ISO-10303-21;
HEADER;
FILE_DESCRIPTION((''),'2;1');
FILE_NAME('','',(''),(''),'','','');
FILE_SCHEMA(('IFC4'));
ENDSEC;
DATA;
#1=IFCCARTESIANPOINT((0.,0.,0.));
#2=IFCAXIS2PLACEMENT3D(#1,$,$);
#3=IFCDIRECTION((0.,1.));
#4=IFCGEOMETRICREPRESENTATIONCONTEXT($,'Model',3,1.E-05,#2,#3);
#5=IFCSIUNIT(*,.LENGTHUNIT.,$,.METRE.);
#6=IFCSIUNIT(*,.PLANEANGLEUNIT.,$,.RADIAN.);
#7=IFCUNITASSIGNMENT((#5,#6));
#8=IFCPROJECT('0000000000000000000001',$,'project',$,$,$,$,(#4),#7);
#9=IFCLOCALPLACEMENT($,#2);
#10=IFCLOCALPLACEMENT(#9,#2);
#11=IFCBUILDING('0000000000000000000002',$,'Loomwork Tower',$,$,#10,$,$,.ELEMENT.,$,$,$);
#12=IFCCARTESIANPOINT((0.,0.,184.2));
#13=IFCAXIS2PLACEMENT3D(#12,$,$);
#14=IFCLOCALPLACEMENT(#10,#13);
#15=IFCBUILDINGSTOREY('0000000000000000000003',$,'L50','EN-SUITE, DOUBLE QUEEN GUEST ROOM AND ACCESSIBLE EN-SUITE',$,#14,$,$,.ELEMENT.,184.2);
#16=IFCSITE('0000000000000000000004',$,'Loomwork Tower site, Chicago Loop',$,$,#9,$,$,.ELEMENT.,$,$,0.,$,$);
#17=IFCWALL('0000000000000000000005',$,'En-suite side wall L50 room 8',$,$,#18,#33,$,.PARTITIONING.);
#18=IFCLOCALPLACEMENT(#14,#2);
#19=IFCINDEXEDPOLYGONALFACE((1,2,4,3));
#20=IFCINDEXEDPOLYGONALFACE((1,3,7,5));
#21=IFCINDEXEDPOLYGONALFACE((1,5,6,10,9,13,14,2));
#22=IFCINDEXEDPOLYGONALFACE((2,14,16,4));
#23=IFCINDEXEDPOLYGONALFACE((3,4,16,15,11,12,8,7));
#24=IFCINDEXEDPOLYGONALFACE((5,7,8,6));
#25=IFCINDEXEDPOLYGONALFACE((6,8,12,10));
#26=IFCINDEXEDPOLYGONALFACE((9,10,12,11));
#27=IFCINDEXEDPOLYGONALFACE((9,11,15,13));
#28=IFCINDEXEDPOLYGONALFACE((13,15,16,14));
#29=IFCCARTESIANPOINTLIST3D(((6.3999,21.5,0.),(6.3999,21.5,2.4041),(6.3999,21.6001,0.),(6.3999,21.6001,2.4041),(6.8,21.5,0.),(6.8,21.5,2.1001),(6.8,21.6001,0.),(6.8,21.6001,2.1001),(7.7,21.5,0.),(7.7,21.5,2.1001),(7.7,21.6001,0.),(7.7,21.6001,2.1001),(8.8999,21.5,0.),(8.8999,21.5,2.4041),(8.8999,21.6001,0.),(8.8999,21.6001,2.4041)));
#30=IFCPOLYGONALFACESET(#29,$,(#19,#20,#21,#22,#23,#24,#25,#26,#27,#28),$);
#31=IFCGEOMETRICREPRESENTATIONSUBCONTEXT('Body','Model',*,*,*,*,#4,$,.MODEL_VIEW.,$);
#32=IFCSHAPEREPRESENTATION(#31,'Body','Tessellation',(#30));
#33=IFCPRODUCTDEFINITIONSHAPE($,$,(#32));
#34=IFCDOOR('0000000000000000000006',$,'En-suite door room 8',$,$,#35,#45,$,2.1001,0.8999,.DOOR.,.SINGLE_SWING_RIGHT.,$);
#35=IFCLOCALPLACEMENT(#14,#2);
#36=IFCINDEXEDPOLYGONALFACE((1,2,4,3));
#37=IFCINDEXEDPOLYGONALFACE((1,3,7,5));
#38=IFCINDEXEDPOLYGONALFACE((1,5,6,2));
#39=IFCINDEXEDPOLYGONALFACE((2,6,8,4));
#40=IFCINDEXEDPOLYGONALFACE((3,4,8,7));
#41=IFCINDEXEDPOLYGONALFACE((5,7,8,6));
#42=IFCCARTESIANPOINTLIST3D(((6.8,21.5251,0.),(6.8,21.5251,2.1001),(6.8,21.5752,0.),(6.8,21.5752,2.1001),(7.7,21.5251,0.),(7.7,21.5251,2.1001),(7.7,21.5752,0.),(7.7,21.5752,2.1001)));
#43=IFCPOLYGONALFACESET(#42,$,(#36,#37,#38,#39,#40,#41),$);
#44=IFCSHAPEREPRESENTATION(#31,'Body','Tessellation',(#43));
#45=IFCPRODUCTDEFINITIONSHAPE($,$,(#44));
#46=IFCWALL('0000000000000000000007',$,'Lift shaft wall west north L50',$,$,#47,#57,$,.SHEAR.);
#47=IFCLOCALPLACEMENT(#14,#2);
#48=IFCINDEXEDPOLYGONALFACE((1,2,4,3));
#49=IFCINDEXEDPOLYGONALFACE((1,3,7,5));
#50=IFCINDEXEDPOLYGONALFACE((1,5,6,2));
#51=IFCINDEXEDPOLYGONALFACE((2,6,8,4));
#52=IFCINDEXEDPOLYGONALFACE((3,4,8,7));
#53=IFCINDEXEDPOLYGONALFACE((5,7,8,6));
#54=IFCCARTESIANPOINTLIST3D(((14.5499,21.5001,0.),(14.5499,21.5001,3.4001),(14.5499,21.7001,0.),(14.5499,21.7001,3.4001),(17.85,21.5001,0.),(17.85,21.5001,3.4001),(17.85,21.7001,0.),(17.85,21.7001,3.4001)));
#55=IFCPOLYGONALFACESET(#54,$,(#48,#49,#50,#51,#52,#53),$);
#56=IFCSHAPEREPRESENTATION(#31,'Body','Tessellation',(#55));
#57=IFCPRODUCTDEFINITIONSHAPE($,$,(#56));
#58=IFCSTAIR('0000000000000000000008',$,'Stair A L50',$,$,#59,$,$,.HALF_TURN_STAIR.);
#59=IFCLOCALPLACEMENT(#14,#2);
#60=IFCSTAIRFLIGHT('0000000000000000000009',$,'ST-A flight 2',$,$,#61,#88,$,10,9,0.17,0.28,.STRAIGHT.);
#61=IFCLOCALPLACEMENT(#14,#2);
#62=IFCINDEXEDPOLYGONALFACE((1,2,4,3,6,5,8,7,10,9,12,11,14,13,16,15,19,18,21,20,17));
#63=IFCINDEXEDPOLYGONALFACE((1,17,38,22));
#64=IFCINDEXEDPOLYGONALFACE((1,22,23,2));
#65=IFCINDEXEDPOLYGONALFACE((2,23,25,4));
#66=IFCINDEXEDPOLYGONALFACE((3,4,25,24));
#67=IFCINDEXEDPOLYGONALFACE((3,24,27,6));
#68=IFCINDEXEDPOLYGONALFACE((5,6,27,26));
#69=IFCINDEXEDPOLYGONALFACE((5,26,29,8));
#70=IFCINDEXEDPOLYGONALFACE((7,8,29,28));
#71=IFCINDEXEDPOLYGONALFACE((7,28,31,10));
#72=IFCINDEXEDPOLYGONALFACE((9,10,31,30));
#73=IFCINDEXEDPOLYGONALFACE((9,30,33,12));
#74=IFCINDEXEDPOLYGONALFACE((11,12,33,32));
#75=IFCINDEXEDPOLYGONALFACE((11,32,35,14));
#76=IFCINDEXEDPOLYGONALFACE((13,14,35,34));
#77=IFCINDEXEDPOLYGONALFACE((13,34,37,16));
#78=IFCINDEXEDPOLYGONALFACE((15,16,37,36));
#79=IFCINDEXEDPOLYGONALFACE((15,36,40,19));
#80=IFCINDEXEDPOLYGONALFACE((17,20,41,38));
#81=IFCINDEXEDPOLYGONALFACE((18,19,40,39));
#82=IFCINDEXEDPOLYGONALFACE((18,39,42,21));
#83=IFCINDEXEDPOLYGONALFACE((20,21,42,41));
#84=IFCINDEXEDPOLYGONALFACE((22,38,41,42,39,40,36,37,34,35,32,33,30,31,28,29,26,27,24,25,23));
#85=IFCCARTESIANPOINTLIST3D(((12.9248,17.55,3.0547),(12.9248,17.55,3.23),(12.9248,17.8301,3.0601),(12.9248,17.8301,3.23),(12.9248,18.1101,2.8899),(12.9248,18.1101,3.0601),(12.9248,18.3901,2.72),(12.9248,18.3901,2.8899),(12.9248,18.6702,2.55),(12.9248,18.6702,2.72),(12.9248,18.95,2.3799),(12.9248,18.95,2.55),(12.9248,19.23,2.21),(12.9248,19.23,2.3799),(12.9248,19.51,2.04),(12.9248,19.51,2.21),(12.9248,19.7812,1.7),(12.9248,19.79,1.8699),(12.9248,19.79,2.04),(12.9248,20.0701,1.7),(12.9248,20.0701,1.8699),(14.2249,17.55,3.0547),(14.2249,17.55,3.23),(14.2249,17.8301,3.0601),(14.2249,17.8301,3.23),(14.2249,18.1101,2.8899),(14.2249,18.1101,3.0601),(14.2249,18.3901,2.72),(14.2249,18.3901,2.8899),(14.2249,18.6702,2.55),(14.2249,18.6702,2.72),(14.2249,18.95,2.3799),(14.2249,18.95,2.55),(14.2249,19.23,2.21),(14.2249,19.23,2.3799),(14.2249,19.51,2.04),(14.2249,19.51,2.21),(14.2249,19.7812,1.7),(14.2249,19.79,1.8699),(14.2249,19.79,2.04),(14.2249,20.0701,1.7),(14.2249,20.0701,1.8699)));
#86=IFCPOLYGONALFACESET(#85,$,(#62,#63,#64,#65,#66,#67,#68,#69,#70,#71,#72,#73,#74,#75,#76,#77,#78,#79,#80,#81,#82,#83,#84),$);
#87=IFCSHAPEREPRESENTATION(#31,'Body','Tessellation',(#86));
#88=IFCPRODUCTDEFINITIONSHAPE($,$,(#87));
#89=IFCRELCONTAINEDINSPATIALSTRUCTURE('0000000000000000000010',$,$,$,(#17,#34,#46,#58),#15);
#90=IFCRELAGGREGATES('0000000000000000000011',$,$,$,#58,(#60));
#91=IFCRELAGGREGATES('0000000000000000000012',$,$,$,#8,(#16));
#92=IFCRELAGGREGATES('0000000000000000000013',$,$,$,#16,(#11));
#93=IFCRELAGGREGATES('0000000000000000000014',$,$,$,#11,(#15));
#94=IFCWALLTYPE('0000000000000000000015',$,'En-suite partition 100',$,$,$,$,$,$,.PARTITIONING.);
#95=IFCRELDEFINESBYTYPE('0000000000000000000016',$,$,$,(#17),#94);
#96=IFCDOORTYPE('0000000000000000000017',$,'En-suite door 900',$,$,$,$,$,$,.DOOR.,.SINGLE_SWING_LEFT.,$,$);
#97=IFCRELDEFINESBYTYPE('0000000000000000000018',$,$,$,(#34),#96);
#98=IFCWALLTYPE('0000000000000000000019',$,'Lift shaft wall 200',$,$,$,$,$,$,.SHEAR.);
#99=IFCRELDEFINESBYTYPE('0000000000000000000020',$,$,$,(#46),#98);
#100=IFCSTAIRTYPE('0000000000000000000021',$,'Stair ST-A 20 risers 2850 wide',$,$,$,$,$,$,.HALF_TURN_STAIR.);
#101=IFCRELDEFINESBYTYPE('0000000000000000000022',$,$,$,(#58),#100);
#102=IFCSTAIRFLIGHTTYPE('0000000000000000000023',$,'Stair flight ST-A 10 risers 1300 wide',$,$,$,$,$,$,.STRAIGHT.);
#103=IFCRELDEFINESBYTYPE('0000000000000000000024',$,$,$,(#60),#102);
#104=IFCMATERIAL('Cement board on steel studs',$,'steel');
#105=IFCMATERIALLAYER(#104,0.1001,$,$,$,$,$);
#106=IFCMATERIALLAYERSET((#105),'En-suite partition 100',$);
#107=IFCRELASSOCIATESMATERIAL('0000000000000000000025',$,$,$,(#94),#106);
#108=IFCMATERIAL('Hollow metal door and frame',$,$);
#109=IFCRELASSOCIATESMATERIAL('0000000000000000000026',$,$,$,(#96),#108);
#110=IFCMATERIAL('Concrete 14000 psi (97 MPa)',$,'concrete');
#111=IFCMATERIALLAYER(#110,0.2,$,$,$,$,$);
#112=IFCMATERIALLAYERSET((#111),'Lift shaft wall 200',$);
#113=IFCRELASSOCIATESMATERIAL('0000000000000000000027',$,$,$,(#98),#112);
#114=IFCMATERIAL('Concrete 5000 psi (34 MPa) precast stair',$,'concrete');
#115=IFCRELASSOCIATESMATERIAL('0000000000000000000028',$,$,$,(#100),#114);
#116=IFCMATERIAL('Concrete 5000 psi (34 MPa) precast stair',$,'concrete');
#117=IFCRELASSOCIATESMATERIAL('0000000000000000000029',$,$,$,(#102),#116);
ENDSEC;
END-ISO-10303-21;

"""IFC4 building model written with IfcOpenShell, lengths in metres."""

from ifc_helpers import new_model, si_unit, direction, frame, frame_2d, origin, place, context, subcontext, project, spatial, polyline, rectangle, outline, extrude, material, layer, layer_set, type_object, element, fill, aggregate, save


model = new_model("IFC4")

# Units and contexts
model_context = context("Model", 3, precision=1e-05, world=origin(), true_north=direction((0.0, 1.0)))
body_context = subcontext(model_context, "Body", "Model", "MODEL_VIEW")
ifc_project = project(units=[si_unit("LENGTHUNIT", "METRE"), si_unit("PLANEANGLEUNIT", "RADIAN")], contexts=[model_context])

# Site, building, storey
site_placement = place(None, origin())
site = spatial("IfcSite", under=ifc_project, at=site_placement, Name="Loomwork Tower site, Chicago Loop", CompositionType="ELEMENT", RefElevation=0.0)
building_placement = place(site_placement, origin())
building = spatial("IfcBuilding", under=site, at=building_placement, Name="Loomwork Tower", CompositionType="ELEMENT")
storey_placement = place(building_placement, frame((0.0, 0.0, 184.2)))
storey = spatial("IfcBuildingStorey", under=building, at=storey_placement, Name="L50", Description="EN-SUITE, DOUBLE QUEEN GUEST ROOM AND ACCESSIBLE EN-SUITE", CompositionType="ELEMENT", Elevation=184.2)

# Wall, opening, door
ifc_material_1 = material(Name="Cement board on steel studs", Category="steel")
ifc_layer_1 = layer(ifc_material_1, 0.1001)
ifc_layer_set_1 = layer_set([ifc_layer_1], Name="En-suite partition 100")
wall_type_1 = type_object("IfcWallType", Name="En-suite partition 100", PredefinedType="PARTITIONING", material=ifc_layer_set_1)
wall_1_placement = place(storey_placement, frame((8.8999, 21.55, 0.0), z_axis=(0.0, 0.0, 1.0), x_axis=(-1.0, 0.0, 0.0)))
wall_1 = element("IfcWall", 1, at=wall_1_placement, inside=storey, type_object=wall_type_1, Name="En-suite side wall L50 room 8", PredefinedType="PARTITIONING", context=body_context, shape_type="SweptSolid", body=[
    extrude(rectangle(XDim=2.5, YDim=0.1001, at=frame_2d((1.25, 0.0))), origin(), (0.0, 0.0, 1.0), 2.4041),
])
opening_1_placement = place(wall_1_placement, frame((1.2, 0.0, 0.0)))
opening_1 = element("IfcOpeningElement", 2, at=opening_1_placement, cuts=wall_1, PredefinedType="OPENING", context=body_context, shape_type="SweptSolid", body=[
    extrude(rectangle(XDim=0.8999, YDim=2.1001, at=frame_2d((0.45, 1.05))), frame((0.0, 0.0601, 0.0), z_axis=(0.0, -1.0, 0.0), x_axis=(1.0, 0.0, 0.0)), (0.0, 0.0, 1.0), 0.1201),
])
ifc_material_2 = material(Name="Hollow metal door and frame")
door_type_1 = type_object("IfcDoorType", Name="En-suite door 900", OperationType="SINGLE_SWING_LEFT", PredefinedType="DOOR", material=ifc_material_2)
door_1_placement = place(opening_1_placement, origin())
door_1 = element("IfcDoor", 3, at=door_1_placement, inside=storey, type_object=door_type_1, Name="En-suite door room 8", OperationType="SINGLE_SWING_RIGHT", OverallHeight=2.1001, OverallWidth=0.8999, PredefinedType="DOOR", context=body_context, shape_type="SweptSolid", body=[
    extrude(rectangle(XDim=0.8999, YDim=2.1001, at=frame_2d((0.45, 1.05))), frame((0.0, 0.0249, 0.0), z_axis=(0.0, -1.0, 0.0), x_axis=(1.0, 0.0, 0.0)), (0.0, 0.0, 1.0), 0.05),
])
fill(opening_1, door_1)

# Wall
ifc_material_3 = material(Name="Concrete 14000 psi (97 MPa)", Category="concrete")
ifc_layer_2 = layer(ifc_material_3, 0.2)
ifc_layer_set_2 = layer_set([ifc_layer_2], Name="Lift shaft wall 200")
wall_type_2 = type_object("IfcWallType", Name="Lift shaft wall 200", PredefinedType="SHEAR", material=ifc_layer_set_2)
wall_2_placement = place(storey_placement, frame((14.55, 21.6001, 0.0), z_axis=(0.0, 0.0, 1.0), x_axis=(1.0, 0.0, 0.0)))
element("IfcWall", 4, at=wall_2_placement, inside=storey, type_object=wall_type_2, Name="Lift shaft wall west north L50", PredefinedType="SHEAR", context=body_context, shape_type="SweptSolid", body=[
    extrude(rectangle(XDim=3.3, YDim=0.2, at=frame_2d((1.6499, 0.0))), origin(), (0.0, 0.0, 1.0), 3.4001),
])

# Stair, stair flight
ifc_material_4 = material(Name="Concrete 5000 psi (34 MPa) precast stair", Category="concrete")
stair_type = type_object("IfcStairType", Name="Stair ST-A 20 risers 2850 wide", PredefinedType="HALF_TURN_STAIR", material=ifc_material_4)
stair_placement = place(storey_placement, origin())
stair = element("IfcStair", 5, at=stair_placement, inside=storey, type_object=stair_type, Name="Stair A L50", PredefinedType="HALF_TURN_STAIR")
ifc_material_5 = material(Name="Concrete 5000 psi (34 MPa) precast stair", Category="concrete")
stair_flight_type = type_object("IfcStairFlightType", Name="Stair flight ST-A 10 risers 1300 wide", PredefinedType="STRAIGHT", material=ifc_material_5)
stair_flight_placement = place(storey_placement, frame((13.575, 20.0701, 1.7), z_axis=(0.0, 0.0, 1.0), x_axis=(0.0, -1.0, 0.0)))
stair_flight = element("IfcStairFlight", 6, at=stair_flight_placement, type_object=stair_flight_type, Name="ST-A flight 2", NumberOfRisers=10, NumberOfTreads=9, PredefinedType="STRAIGHT", RiserHeight=0.17, TreadLength=0.28, context=body_context, shape_type="SweptSolid", body=[
    extrude(outline(polyline([(0.0, 0.0), (0.0, 0.1699), (0.28, 0.1699), (0.28, 0.3401), (0.5601, 0.3401), (0.5601, 0.51), (0.8401, 0.51), (0.8401, 0.6799), (1.1201, 0.6799), (1.1201, 0.8501), (1.3999, 0.8501), (1.3999, 1.02), (1.6799, 1.02), (1.6799, 1.1899), (1.96, 1.1899), (1.96, 1.3601), (2.24, 1.3601), (2.24, 1.53), (2.52, 1.53), (2.52, 1.7), (2.52, 1.3547), (0.2888, 0.0), (0.0, 0.0)])), frame((0.0, 0.6499, 0.0), z_axis=(0.0, -1.0, 0.0), x_axis=(1.0, 0.0, 0.0)), (0.0, 0.0, 1.0), 1.3),
])
aggregate(stair, [stair_flight])

save(model, "model.ifc")
